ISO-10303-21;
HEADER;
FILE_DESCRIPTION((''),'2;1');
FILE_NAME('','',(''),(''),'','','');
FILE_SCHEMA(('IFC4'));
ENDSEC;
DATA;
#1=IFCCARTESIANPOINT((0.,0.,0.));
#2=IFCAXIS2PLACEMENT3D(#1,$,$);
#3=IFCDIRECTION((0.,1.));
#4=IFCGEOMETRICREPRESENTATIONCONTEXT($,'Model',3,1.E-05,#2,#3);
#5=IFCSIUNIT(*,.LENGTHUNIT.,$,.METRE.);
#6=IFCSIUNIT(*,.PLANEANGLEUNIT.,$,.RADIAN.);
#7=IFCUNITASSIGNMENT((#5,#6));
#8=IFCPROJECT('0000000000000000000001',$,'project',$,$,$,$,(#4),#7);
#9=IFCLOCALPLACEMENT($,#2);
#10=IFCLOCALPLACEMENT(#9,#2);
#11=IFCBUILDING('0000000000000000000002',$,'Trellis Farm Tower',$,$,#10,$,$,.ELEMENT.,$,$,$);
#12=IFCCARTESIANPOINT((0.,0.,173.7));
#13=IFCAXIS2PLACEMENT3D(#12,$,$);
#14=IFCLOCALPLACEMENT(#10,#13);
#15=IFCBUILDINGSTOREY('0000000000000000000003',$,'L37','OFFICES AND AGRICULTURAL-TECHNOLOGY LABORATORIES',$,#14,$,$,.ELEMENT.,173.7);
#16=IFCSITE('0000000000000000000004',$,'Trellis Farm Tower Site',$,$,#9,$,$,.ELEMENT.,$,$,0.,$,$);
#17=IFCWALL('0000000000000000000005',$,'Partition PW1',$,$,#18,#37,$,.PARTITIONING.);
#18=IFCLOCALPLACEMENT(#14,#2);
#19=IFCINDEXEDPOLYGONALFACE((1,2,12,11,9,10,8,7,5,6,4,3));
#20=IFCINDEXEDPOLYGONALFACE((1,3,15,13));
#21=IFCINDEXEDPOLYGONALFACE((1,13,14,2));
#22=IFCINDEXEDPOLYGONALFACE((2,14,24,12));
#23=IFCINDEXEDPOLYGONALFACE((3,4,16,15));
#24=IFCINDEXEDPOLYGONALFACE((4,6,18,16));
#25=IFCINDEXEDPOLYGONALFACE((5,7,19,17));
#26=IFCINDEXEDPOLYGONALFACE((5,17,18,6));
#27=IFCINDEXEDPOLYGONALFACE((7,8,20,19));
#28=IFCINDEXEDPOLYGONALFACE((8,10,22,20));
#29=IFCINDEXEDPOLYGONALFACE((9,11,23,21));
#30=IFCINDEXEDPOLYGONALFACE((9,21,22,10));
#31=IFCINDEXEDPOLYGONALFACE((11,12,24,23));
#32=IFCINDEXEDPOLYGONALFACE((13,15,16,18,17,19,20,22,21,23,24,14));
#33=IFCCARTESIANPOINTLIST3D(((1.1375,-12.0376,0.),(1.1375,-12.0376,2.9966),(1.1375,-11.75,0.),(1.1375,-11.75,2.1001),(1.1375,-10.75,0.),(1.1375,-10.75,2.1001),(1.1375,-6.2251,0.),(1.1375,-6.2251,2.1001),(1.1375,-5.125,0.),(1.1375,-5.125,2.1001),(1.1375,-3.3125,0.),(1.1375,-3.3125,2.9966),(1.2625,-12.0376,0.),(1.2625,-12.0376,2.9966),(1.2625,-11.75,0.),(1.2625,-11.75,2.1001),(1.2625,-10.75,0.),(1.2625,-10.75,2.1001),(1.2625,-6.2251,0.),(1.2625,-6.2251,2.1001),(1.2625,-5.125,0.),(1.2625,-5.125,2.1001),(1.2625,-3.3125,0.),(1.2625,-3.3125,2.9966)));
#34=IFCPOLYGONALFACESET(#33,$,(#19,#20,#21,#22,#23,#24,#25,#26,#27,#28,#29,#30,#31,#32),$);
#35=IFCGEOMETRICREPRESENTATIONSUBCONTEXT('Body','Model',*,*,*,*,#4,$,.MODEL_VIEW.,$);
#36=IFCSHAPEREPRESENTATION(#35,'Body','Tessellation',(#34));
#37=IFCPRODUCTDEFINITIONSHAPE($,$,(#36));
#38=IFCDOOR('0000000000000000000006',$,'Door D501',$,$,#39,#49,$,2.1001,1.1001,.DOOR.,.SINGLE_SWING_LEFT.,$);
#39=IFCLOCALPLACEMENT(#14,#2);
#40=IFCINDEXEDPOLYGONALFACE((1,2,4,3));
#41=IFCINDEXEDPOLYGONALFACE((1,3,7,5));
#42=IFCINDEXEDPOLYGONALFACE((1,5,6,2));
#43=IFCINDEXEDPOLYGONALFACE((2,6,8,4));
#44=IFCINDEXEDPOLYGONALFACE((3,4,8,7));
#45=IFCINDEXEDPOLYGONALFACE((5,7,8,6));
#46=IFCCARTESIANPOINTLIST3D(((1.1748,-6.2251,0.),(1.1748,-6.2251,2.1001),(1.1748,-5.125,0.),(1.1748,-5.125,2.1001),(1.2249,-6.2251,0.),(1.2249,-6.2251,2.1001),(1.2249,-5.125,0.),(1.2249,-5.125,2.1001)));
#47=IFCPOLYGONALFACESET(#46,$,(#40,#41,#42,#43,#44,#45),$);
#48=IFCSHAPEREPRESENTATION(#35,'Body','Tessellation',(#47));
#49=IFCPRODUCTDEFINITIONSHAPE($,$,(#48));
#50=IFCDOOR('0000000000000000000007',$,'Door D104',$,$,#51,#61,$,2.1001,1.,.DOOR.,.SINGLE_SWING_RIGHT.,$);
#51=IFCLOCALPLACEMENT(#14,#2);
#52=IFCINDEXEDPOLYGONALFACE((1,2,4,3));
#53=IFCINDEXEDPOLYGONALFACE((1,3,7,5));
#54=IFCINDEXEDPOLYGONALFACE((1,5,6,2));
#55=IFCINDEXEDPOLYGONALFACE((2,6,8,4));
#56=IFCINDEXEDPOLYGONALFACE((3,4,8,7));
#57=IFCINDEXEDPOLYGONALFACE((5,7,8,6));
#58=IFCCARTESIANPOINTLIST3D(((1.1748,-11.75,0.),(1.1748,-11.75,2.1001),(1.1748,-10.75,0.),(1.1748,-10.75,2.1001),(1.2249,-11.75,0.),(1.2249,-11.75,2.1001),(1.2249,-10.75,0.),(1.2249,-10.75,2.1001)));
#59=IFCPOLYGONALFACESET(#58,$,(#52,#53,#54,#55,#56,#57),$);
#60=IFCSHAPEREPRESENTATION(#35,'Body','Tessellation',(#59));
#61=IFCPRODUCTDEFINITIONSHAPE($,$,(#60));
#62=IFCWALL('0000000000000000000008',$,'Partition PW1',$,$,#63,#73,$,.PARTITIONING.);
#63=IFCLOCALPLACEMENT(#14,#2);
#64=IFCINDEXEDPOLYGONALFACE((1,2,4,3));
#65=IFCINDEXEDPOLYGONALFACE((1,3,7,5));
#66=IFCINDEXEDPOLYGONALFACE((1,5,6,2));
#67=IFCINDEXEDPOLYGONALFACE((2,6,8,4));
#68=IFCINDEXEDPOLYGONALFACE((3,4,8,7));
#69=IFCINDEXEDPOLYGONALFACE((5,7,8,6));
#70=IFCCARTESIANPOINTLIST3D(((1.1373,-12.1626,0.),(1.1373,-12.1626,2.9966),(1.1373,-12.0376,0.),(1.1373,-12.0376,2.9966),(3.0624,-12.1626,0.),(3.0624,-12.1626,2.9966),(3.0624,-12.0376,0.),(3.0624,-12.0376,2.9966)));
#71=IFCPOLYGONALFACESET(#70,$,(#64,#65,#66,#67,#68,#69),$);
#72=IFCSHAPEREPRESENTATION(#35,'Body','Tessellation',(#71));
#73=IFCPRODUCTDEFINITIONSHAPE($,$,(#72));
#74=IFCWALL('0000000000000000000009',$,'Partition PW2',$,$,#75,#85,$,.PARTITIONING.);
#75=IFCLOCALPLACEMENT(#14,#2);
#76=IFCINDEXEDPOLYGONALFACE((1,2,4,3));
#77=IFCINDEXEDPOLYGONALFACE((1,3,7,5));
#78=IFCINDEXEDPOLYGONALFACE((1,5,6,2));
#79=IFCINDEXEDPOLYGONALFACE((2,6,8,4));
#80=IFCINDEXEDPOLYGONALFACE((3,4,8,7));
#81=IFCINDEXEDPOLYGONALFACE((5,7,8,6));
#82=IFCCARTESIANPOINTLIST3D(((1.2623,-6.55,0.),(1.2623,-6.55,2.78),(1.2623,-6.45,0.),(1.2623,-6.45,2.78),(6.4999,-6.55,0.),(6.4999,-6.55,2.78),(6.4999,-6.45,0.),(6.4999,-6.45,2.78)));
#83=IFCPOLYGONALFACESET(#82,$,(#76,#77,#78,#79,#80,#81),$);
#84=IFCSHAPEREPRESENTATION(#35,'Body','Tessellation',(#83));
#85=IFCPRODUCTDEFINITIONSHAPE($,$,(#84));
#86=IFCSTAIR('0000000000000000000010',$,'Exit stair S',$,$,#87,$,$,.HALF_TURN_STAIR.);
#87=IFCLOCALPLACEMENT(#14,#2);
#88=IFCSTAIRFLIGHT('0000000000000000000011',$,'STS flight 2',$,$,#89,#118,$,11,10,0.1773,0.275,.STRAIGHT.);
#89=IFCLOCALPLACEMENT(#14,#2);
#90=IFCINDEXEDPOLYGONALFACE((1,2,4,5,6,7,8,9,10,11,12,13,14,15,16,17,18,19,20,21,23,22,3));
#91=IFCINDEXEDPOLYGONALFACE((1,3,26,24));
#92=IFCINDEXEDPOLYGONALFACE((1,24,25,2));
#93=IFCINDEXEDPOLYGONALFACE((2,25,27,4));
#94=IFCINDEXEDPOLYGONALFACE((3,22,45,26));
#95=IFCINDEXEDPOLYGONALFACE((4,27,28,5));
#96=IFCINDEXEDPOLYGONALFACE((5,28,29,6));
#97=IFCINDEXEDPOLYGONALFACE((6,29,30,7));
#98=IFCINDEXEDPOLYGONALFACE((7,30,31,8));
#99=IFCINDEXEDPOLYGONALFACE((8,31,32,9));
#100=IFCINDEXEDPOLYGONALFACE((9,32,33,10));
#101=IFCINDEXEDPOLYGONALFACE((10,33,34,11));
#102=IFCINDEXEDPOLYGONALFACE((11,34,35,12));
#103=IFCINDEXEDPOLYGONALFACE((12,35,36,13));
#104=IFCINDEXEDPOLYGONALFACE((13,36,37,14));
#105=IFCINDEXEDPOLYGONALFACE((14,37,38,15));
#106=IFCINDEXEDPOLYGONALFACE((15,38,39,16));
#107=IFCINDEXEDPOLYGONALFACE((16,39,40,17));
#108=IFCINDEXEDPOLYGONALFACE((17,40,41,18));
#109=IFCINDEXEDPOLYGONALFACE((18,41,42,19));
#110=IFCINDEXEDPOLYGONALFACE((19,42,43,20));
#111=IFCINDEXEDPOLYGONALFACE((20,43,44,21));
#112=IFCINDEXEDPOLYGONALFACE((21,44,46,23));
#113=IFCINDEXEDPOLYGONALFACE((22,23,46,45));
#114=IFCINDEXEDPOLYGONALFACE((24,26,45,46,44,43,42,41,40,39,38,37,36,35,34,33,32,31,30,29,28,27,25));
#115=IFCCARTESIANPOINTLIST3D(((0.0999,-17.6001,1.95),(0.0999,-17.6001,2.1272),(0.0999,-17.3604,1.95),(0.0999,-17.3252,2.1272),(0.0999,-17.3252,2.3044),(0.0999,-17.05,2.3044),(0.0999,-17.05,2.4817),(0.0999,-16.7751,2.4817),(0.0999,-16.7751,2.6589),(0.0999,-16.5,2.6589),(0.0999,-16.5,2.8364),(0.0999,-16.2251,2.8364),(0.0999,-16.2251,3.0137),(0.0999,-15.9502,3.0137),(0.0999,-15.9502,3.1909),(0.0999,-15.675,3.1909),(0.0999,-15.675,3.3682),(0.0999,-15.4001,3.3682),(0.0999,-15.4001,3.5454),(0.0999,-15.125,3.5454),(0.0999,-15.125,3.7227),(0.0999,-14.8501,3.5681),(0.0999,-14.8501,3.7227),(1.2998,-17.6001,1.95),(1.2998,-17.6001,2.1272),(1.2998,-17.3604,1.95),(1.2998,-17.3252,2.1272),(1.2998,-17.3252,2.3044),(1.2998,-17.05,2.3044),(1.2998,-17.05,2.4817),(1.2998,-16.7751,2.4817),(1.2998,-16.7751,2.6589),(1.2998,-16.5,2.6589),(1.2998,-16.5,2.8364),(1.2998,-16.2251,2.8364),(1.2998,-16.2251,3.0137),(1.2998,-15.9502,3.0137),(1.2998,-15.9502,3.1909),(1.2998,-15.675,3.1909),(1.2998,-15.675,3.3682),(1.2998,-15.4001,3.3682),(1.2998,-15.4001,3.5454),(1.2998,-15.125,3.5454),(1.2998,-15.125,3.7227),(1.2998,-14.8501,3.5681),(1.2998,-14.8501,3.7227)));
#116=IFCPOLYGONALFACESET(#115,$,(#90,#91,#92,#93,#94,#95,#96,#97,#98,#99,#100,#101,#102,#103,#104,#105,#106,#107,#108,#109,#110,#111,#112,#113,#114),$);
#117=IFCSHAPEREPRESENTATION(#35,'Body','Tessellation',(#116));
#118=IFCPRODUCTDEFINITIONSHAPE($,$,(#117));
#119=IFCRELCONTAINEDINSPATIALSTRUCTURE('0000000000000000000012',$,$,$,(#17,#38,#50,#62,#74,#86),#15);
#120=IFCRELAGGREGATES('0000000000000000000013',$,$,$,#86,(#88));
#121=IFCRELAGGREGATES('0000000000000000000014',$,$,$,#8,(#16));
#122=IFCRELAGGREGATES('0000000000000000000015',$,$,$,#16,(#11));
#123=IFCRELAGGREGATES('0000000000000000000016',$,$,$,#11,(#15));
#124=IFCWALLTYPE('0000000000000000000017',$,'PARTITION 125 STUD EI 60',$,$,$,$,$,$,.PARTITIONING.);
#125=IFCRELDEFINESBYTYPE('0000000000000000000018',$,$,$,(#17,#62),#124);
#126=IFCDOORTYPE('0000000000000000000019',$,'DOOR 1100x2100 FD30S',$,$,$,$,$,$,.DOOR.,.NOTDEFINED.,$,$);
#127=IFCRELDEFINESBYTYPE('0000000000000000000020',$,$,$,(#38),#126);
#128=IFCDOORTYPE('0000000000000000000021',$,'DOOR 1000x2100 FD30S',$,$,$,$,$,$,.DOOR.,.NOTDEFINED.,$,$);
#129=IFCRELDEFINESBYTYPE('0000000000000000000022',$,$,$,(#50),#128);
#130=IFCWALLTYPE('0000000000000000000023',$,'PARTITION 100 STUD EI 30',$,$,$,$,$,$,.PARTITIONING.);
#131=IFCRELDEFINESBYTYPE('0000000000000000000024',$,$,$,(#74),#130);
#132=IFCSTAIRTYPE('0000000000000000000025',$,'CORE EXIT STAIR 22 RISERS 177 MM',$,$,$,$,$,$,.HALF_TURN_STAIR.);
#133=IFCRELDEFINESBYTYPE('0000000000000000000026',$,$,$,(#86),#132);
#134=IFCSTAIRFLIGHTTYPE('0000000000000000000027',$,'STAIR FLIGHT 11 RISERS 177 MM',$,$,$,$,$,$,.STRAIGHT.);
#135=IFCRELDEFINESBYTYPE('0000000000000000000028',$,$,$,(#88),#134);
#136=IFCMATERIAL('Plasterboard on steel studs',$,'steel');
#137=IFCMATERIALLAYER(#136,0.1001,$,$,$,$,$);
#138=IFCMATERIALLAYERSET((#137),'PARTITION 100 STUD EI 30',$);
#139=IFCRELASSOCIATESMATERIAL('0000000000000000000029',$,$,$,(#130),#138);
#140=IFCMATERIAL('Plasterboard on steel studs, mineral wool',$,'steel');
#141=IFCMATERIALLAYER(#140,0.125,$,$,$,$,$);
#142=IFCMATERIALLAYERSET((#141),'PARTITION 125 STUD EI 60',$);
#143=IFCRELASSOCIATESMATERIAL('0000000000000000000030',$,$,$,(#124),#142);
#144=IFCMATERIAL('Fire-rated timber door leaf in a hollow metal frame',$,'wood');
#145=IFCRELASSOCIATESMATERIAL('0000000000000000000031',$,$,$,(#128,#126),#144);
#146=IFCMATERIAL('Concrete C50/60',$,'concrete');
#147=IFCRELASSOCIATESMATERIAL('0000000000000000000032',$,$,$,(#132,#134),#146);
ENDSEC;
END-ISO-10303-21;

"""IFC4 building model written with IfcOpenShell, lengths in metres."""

from ifc_helpers import new_model, si_unit, direction, frame, frame_2d, origin, place, context, subcontext, project, spatial, polyline, rectangle, outline, extrude, source, transform, mapped, material, layer, layer_set, type_object, element, fill, aggregate, save


model = new_model("IFC4")

# Units and contexts
model_context = context("Model", 3, precision=1e-05, world=origin(), true_north=direction((0.0, 1.0)))
body_context = subcontext(model_context, "Body", "Model", "MODEL_VIEW")
ifc_project = project(units=[si_unit("LENGTHUNIT", "METRE"), si_unit("PLANEANGLEUNIT", "RADIAN")], contexts=[model_context])

# Site, building, storey
site_placement = place(None, origin())
site = spatial("IfcSite", under=ifc_project, at=site_placement, Name="Trellis Farm Tower Site", CompositionType="ELEMENT", RefElevation=0.0)
building_placement = place(site_placement, origin())
building = spatial("IfcBuilding", under=site, at=building_placement, Name="Trellis Farm Tower", CompositionType="ELEMENT")
storey_placement = place(building_placement, frame((0.0, 0.0, 173.7)))
storey = spatial("IfcBuildingStorey", under=building, at=storey_placement, Name="L37", Description="OFFICES AND AGRICULTURAL-TECHNOLOGY LABORATORIES", CompositionType="ELEMENT", Elevation=173.7)

# Shared definitions
placement = place(storey_placement, origin())

# Shared definitions
ifc_material_1 = material(Name="Plasterboard on steel studs", Category="steel")
ifc_layer_1 = layer(ifc_material_1, 0.1001)
ifc_layer_set_1 = layer_set([ifc_layer_1], Name="PARTITION 100 STUD EI 30")
wall_type_1 = type_object("IfcWallType", Name="PARTITION 100 STUD EI 30", PredefinedType="PARTITIONING", material=ifc_layer_set_1)

# Shared definitions
ifc_material_2 = material(Name="Plasterboard on steel studs, mineral wool", Category="steel")
ifc_layer_2 = layer(ifc_material_2, 0.125)
ifc_layer_set_2 = layer_set([ifc_layer_2], Name="PARTITION 125 STUD EI 60")
wall_type_2 = type_object("IfcWallType", Name="PARTITION 125 STUD EI 60", PredefinedType="PARTITIONING", material=ifc_layer_set_2)
shared_shape_1 = source(origin(), body_context, "Body", "SweptSolid", [
    extrude(rectangle(XDim=1.0, YDim=2.1001, at=frame_2d((0.5, 1.05))), frame((0.0, 0.0725, 0.0), z_axis=(0.0, -1.0, 0.0), x_axis=(1.0, 0.0, 0.0)), (0.0, 0.0, 1.0), 0.145),
])
ifc_material_3 = material(Name="Fire-rated timber door leaf in a hollow metal frame", Category="wood")
door_type_1 = type_object("IfcDoorType", Name="DOOR 1000x2100 FD30S", OperationType="NOTDEFINED", PredefinedType="DOOR", material=ifc_material_3)
shared_shape_2 = source(origin(), body_context, "Body", "SweptSolid", [
    extrude(rectangle(XDim=1.0, YDim=2.1001, at=frame_2d((0.5, 1.05))), frame((0.0, 0.0249, 0.0), z_axis=(0.0, -1.0, 0.0), x_axis=(1.0, 0.0, 0.0)), (0.0, 0.0, 1.0), 0.05),
])

# Wall, openings, doors
shared_shape_3 = source(origin(), body_context, "Body", "SweptSolid", [
    extrude(rectangle(XDim=8.7251, YDim=0.125, at=frame_2d((4.3625, 0.0))), origin(), (0.0, 0.0, 1.0), 2.9966),
])
wall_1_placement = place(storey_placement, frame((1.2, -3.3125, 0.0), z_axis=(0.0, 0.0, 1.0), x_axis=(0.0, -1.0, 0.0)))
wall_1 = element("IfcWall", 1, at=wall_1_placement, inside=storey, type_object=wall_type_2, Name="Partition PW1", PredefinedType="PARTITIONING", context=body_context, shape_type="MappedRepresentation", body=[
    mapped(shared_shape_3, transform((0.0, 0.0, 0.0))),
])
opening_1_placement = place(wall_1_placement, frame((7.4375, 0.0, 0.0)))
opening_1 = element("IfcOpeningElement", 2, at=opening_1_placement, cuts=wall_1, PredefinedType="OPENING", context=body_context, shape_type="MappedRepresentation", body=[
    mapped(shared_shape_1, transform((0.0, 0.0, 0.0))),
])
shared_shape_4 = source(origin(), body_context, "Body", "SweptSolid", [
    extrude(rectangle(XDim=1.1001, YDim=2.1001, at=frame_2d((0.55, 1.05))), frame((0.0, 0.0725, 0.0), z_axis=(0.0, -1.0, 0.0), x_axis=(1.0, 0.0, 0.0)), (0.0, 0.0, 1.0), 0.145),
])
opening_2_placement = place(wall_1_placement, frame((1.8125, 0.0, 0.0)))
opening_2 = element("IfcOpeningElement", 3, at=opening_2_placement, cuts=wall_1, PredefinedType="OPENING", context=body_context, shape_type="MappedRepresentation", body=[
    mapped(shared_shape_4, transform((0.0, 0.0, 0.0))),
])
door_type_2 = type_object("IfcDoorType", Name="DOOR 1100x2100 FD30S", OperationType="NOTDEFINED", PredefinedType="DOOR", material=ifc_material_3)
shared_shape_5 = source(origin(), body_context, "Body", "SweptSolid", [
    extrude(rectangle(XDim=1.1001, YDim=2.1001, at=frame_2d((0.55, 1.05))), frame((0.0, 0.0249, 0.0), z_axis=(0.0, -1.0, 0.0), x_axis=(1.0, 0.0, 0.0)), (0.0, 0.0, 1.0), 0.05),
])
door_1_placement = place(opening_2_placement, origin())
door_1 = element("IfcDoor", 4, at=door_1_placement, inside=storey, type_object=door_type_2, Name="Door D501", OperationType="SINGLE_SWING_LEFT", OverallHeight=2.1001, OverallWidth=1.1001, PredefinedType="DOOR", context=body_context, shape_type="MappedRepresentation", body=[
    mapped(shared_shape_5, transform((0.0, 0.0, 0.0))),
])
fill(opening_2, door_1)
door_2_placement = place(opening_1_placement, origin())
door_2 = element("IfcDoor", 5, at=door_2_placement, inside=storey, type_object=door_type_1, Name="Door D104", OperationType="SINGLE_SWING_RIGHT", OverallHeight=2.1001, OverallWidth=1.0, PredefinedType="DOOR", context=body_context, shape_type="MappedRepresentation", body=[
    mapped(shared_shape_2, transform((0.0, 0.0, 0.0))),
])
fill(opening_1, door_2)

# Walls
shared_shape_6 = source(origin(), body_context, "Body", "SweptSolid", [
    extrude(rectangle(XDim=1.925, YDim=0.125, at=frame_2d((0.9624, 0.0))), origin(), (0.0, 0.0, 1.0), 2.9966),
])
wall_2_placement = place(storey_placement, frame((1.1375, -12.1001, 0.0), z_axis=(0.0, 0.0, 1.0), x_axis=(1.0, 0.0, 0.0)))
element("IfcWall", 6, at=wall_2_placement, inside=storey, type_object=wall_type_2, Name="Partition PW1", PredefinedType="PARTITIONING", context=body_context, shape_type="MappedRepresentation", body=[
    mapped(shared_shape_6, transform((0.0, 0.0, 0.0))),
])
shared_shape_7 = source(origin(), body_context, "Body", "SweptSolid", [
    extrude(rectangle(XDim=5.2375, YDim=0.1001, at=frame_2d((2.6187, 0.0))), origin(), (0.0, 0.0, 1.0), 2.78),
])
wall_3_placement = place(storey_placement, frame((1.2625, -6.5, 0.0), z_axis=(0.0, 0.0, 1.0), x_axis=(1.0, 0.0, 0.0)))
element("IfcWall", 7, at=wall_3_placement, inside=storey, type_object=wall_type_1, Name="Partition PW2", PredefinedType="PARTITIONING", context=body_context, shape_type="MappedRepresentation", body=[
    mapped(shared_shape_7, transform((0.0, 0.0, 0.0))),
])

# Stair, stair flight
ifc_material_4 = material(Name="Concrete C50/60", Category="concrete")
stair_type = type_object("IfcStairType", Name="CORE EXIT STAIR 22 RISERS 177 MM", PredefinedType="HALF_TURN_STAIR", material=ifc_material_4)
stair = element("IfcStair", 8, at=placement, inside=storey, type_object=stair_type, Name="Exit stair S", PredefinedType="HALF_TURN_STAIR")
stair_flight_type = type_object("IfcStairFlightType", Name="STAIR FLIGHT 11 RISERS 177 MM", PredefinedType="STRAIGHT", material=ifc_material_4)
shared_shape_8 = source(origin(), body_context, "Body", "SweptSolid", [
    extrude(outline(polyline([(0.0, 0.0), (0.0, 0.1772), (0.2749, 0.1772), (0.2749, 0.3545), (0.55, 0.3545), (0.55, 0.5317), (0.825, 0.5317), (0.825, 0.709), (1.1001, 0.709), (1.1001, 0.8865), (1.375, 0.8865), (1.375, 1.0637), (1.6499, 1.0637), (1.6499, 1.241), (1.925, 1.241), (1.925, 1.4182), (2.2, 1.4182), (2.2, 1.5955), (2.4751, 1.5955), (2.4751, 1.7727), (2.75, 1.7727), (2.75, 1.95), (2.75, 1.6182), (0.2397, 0.0), (0.0, 0.0)])), frame((0.0, 0.6001, 0.0), z_axis=(0.0, -1.0, 0.0), x_axis=(1.0, 0.0, 0.0)), (0.0, 0.0, 1.0), 1.2),
])
stair_flight_placement = place(storey_placement, frame((0.7, -17.6001, 1.95), z_axis=(0.0, 0.0, 1.0), x_axis=(0.0, 1.0, 0.0)))
stair_flight = element("IfcStairFlight", 9, at=stair_flight_placement, type_object=stair_flight_type, Name="STS flight 2", NumberOfRisers=11, NumberOfTreads=10, PredefinedType="STRAIGHT", RiserHeight=0.1773, TreadLength=0.275, context=body_context, shape_type="MappedRepresentation", body=[
    mapped(shared_shape_8, transform((0.0, 0.0, 0.0))),
])
aggregate(stair, [stair_flight])

save(model, "model.ifc")
